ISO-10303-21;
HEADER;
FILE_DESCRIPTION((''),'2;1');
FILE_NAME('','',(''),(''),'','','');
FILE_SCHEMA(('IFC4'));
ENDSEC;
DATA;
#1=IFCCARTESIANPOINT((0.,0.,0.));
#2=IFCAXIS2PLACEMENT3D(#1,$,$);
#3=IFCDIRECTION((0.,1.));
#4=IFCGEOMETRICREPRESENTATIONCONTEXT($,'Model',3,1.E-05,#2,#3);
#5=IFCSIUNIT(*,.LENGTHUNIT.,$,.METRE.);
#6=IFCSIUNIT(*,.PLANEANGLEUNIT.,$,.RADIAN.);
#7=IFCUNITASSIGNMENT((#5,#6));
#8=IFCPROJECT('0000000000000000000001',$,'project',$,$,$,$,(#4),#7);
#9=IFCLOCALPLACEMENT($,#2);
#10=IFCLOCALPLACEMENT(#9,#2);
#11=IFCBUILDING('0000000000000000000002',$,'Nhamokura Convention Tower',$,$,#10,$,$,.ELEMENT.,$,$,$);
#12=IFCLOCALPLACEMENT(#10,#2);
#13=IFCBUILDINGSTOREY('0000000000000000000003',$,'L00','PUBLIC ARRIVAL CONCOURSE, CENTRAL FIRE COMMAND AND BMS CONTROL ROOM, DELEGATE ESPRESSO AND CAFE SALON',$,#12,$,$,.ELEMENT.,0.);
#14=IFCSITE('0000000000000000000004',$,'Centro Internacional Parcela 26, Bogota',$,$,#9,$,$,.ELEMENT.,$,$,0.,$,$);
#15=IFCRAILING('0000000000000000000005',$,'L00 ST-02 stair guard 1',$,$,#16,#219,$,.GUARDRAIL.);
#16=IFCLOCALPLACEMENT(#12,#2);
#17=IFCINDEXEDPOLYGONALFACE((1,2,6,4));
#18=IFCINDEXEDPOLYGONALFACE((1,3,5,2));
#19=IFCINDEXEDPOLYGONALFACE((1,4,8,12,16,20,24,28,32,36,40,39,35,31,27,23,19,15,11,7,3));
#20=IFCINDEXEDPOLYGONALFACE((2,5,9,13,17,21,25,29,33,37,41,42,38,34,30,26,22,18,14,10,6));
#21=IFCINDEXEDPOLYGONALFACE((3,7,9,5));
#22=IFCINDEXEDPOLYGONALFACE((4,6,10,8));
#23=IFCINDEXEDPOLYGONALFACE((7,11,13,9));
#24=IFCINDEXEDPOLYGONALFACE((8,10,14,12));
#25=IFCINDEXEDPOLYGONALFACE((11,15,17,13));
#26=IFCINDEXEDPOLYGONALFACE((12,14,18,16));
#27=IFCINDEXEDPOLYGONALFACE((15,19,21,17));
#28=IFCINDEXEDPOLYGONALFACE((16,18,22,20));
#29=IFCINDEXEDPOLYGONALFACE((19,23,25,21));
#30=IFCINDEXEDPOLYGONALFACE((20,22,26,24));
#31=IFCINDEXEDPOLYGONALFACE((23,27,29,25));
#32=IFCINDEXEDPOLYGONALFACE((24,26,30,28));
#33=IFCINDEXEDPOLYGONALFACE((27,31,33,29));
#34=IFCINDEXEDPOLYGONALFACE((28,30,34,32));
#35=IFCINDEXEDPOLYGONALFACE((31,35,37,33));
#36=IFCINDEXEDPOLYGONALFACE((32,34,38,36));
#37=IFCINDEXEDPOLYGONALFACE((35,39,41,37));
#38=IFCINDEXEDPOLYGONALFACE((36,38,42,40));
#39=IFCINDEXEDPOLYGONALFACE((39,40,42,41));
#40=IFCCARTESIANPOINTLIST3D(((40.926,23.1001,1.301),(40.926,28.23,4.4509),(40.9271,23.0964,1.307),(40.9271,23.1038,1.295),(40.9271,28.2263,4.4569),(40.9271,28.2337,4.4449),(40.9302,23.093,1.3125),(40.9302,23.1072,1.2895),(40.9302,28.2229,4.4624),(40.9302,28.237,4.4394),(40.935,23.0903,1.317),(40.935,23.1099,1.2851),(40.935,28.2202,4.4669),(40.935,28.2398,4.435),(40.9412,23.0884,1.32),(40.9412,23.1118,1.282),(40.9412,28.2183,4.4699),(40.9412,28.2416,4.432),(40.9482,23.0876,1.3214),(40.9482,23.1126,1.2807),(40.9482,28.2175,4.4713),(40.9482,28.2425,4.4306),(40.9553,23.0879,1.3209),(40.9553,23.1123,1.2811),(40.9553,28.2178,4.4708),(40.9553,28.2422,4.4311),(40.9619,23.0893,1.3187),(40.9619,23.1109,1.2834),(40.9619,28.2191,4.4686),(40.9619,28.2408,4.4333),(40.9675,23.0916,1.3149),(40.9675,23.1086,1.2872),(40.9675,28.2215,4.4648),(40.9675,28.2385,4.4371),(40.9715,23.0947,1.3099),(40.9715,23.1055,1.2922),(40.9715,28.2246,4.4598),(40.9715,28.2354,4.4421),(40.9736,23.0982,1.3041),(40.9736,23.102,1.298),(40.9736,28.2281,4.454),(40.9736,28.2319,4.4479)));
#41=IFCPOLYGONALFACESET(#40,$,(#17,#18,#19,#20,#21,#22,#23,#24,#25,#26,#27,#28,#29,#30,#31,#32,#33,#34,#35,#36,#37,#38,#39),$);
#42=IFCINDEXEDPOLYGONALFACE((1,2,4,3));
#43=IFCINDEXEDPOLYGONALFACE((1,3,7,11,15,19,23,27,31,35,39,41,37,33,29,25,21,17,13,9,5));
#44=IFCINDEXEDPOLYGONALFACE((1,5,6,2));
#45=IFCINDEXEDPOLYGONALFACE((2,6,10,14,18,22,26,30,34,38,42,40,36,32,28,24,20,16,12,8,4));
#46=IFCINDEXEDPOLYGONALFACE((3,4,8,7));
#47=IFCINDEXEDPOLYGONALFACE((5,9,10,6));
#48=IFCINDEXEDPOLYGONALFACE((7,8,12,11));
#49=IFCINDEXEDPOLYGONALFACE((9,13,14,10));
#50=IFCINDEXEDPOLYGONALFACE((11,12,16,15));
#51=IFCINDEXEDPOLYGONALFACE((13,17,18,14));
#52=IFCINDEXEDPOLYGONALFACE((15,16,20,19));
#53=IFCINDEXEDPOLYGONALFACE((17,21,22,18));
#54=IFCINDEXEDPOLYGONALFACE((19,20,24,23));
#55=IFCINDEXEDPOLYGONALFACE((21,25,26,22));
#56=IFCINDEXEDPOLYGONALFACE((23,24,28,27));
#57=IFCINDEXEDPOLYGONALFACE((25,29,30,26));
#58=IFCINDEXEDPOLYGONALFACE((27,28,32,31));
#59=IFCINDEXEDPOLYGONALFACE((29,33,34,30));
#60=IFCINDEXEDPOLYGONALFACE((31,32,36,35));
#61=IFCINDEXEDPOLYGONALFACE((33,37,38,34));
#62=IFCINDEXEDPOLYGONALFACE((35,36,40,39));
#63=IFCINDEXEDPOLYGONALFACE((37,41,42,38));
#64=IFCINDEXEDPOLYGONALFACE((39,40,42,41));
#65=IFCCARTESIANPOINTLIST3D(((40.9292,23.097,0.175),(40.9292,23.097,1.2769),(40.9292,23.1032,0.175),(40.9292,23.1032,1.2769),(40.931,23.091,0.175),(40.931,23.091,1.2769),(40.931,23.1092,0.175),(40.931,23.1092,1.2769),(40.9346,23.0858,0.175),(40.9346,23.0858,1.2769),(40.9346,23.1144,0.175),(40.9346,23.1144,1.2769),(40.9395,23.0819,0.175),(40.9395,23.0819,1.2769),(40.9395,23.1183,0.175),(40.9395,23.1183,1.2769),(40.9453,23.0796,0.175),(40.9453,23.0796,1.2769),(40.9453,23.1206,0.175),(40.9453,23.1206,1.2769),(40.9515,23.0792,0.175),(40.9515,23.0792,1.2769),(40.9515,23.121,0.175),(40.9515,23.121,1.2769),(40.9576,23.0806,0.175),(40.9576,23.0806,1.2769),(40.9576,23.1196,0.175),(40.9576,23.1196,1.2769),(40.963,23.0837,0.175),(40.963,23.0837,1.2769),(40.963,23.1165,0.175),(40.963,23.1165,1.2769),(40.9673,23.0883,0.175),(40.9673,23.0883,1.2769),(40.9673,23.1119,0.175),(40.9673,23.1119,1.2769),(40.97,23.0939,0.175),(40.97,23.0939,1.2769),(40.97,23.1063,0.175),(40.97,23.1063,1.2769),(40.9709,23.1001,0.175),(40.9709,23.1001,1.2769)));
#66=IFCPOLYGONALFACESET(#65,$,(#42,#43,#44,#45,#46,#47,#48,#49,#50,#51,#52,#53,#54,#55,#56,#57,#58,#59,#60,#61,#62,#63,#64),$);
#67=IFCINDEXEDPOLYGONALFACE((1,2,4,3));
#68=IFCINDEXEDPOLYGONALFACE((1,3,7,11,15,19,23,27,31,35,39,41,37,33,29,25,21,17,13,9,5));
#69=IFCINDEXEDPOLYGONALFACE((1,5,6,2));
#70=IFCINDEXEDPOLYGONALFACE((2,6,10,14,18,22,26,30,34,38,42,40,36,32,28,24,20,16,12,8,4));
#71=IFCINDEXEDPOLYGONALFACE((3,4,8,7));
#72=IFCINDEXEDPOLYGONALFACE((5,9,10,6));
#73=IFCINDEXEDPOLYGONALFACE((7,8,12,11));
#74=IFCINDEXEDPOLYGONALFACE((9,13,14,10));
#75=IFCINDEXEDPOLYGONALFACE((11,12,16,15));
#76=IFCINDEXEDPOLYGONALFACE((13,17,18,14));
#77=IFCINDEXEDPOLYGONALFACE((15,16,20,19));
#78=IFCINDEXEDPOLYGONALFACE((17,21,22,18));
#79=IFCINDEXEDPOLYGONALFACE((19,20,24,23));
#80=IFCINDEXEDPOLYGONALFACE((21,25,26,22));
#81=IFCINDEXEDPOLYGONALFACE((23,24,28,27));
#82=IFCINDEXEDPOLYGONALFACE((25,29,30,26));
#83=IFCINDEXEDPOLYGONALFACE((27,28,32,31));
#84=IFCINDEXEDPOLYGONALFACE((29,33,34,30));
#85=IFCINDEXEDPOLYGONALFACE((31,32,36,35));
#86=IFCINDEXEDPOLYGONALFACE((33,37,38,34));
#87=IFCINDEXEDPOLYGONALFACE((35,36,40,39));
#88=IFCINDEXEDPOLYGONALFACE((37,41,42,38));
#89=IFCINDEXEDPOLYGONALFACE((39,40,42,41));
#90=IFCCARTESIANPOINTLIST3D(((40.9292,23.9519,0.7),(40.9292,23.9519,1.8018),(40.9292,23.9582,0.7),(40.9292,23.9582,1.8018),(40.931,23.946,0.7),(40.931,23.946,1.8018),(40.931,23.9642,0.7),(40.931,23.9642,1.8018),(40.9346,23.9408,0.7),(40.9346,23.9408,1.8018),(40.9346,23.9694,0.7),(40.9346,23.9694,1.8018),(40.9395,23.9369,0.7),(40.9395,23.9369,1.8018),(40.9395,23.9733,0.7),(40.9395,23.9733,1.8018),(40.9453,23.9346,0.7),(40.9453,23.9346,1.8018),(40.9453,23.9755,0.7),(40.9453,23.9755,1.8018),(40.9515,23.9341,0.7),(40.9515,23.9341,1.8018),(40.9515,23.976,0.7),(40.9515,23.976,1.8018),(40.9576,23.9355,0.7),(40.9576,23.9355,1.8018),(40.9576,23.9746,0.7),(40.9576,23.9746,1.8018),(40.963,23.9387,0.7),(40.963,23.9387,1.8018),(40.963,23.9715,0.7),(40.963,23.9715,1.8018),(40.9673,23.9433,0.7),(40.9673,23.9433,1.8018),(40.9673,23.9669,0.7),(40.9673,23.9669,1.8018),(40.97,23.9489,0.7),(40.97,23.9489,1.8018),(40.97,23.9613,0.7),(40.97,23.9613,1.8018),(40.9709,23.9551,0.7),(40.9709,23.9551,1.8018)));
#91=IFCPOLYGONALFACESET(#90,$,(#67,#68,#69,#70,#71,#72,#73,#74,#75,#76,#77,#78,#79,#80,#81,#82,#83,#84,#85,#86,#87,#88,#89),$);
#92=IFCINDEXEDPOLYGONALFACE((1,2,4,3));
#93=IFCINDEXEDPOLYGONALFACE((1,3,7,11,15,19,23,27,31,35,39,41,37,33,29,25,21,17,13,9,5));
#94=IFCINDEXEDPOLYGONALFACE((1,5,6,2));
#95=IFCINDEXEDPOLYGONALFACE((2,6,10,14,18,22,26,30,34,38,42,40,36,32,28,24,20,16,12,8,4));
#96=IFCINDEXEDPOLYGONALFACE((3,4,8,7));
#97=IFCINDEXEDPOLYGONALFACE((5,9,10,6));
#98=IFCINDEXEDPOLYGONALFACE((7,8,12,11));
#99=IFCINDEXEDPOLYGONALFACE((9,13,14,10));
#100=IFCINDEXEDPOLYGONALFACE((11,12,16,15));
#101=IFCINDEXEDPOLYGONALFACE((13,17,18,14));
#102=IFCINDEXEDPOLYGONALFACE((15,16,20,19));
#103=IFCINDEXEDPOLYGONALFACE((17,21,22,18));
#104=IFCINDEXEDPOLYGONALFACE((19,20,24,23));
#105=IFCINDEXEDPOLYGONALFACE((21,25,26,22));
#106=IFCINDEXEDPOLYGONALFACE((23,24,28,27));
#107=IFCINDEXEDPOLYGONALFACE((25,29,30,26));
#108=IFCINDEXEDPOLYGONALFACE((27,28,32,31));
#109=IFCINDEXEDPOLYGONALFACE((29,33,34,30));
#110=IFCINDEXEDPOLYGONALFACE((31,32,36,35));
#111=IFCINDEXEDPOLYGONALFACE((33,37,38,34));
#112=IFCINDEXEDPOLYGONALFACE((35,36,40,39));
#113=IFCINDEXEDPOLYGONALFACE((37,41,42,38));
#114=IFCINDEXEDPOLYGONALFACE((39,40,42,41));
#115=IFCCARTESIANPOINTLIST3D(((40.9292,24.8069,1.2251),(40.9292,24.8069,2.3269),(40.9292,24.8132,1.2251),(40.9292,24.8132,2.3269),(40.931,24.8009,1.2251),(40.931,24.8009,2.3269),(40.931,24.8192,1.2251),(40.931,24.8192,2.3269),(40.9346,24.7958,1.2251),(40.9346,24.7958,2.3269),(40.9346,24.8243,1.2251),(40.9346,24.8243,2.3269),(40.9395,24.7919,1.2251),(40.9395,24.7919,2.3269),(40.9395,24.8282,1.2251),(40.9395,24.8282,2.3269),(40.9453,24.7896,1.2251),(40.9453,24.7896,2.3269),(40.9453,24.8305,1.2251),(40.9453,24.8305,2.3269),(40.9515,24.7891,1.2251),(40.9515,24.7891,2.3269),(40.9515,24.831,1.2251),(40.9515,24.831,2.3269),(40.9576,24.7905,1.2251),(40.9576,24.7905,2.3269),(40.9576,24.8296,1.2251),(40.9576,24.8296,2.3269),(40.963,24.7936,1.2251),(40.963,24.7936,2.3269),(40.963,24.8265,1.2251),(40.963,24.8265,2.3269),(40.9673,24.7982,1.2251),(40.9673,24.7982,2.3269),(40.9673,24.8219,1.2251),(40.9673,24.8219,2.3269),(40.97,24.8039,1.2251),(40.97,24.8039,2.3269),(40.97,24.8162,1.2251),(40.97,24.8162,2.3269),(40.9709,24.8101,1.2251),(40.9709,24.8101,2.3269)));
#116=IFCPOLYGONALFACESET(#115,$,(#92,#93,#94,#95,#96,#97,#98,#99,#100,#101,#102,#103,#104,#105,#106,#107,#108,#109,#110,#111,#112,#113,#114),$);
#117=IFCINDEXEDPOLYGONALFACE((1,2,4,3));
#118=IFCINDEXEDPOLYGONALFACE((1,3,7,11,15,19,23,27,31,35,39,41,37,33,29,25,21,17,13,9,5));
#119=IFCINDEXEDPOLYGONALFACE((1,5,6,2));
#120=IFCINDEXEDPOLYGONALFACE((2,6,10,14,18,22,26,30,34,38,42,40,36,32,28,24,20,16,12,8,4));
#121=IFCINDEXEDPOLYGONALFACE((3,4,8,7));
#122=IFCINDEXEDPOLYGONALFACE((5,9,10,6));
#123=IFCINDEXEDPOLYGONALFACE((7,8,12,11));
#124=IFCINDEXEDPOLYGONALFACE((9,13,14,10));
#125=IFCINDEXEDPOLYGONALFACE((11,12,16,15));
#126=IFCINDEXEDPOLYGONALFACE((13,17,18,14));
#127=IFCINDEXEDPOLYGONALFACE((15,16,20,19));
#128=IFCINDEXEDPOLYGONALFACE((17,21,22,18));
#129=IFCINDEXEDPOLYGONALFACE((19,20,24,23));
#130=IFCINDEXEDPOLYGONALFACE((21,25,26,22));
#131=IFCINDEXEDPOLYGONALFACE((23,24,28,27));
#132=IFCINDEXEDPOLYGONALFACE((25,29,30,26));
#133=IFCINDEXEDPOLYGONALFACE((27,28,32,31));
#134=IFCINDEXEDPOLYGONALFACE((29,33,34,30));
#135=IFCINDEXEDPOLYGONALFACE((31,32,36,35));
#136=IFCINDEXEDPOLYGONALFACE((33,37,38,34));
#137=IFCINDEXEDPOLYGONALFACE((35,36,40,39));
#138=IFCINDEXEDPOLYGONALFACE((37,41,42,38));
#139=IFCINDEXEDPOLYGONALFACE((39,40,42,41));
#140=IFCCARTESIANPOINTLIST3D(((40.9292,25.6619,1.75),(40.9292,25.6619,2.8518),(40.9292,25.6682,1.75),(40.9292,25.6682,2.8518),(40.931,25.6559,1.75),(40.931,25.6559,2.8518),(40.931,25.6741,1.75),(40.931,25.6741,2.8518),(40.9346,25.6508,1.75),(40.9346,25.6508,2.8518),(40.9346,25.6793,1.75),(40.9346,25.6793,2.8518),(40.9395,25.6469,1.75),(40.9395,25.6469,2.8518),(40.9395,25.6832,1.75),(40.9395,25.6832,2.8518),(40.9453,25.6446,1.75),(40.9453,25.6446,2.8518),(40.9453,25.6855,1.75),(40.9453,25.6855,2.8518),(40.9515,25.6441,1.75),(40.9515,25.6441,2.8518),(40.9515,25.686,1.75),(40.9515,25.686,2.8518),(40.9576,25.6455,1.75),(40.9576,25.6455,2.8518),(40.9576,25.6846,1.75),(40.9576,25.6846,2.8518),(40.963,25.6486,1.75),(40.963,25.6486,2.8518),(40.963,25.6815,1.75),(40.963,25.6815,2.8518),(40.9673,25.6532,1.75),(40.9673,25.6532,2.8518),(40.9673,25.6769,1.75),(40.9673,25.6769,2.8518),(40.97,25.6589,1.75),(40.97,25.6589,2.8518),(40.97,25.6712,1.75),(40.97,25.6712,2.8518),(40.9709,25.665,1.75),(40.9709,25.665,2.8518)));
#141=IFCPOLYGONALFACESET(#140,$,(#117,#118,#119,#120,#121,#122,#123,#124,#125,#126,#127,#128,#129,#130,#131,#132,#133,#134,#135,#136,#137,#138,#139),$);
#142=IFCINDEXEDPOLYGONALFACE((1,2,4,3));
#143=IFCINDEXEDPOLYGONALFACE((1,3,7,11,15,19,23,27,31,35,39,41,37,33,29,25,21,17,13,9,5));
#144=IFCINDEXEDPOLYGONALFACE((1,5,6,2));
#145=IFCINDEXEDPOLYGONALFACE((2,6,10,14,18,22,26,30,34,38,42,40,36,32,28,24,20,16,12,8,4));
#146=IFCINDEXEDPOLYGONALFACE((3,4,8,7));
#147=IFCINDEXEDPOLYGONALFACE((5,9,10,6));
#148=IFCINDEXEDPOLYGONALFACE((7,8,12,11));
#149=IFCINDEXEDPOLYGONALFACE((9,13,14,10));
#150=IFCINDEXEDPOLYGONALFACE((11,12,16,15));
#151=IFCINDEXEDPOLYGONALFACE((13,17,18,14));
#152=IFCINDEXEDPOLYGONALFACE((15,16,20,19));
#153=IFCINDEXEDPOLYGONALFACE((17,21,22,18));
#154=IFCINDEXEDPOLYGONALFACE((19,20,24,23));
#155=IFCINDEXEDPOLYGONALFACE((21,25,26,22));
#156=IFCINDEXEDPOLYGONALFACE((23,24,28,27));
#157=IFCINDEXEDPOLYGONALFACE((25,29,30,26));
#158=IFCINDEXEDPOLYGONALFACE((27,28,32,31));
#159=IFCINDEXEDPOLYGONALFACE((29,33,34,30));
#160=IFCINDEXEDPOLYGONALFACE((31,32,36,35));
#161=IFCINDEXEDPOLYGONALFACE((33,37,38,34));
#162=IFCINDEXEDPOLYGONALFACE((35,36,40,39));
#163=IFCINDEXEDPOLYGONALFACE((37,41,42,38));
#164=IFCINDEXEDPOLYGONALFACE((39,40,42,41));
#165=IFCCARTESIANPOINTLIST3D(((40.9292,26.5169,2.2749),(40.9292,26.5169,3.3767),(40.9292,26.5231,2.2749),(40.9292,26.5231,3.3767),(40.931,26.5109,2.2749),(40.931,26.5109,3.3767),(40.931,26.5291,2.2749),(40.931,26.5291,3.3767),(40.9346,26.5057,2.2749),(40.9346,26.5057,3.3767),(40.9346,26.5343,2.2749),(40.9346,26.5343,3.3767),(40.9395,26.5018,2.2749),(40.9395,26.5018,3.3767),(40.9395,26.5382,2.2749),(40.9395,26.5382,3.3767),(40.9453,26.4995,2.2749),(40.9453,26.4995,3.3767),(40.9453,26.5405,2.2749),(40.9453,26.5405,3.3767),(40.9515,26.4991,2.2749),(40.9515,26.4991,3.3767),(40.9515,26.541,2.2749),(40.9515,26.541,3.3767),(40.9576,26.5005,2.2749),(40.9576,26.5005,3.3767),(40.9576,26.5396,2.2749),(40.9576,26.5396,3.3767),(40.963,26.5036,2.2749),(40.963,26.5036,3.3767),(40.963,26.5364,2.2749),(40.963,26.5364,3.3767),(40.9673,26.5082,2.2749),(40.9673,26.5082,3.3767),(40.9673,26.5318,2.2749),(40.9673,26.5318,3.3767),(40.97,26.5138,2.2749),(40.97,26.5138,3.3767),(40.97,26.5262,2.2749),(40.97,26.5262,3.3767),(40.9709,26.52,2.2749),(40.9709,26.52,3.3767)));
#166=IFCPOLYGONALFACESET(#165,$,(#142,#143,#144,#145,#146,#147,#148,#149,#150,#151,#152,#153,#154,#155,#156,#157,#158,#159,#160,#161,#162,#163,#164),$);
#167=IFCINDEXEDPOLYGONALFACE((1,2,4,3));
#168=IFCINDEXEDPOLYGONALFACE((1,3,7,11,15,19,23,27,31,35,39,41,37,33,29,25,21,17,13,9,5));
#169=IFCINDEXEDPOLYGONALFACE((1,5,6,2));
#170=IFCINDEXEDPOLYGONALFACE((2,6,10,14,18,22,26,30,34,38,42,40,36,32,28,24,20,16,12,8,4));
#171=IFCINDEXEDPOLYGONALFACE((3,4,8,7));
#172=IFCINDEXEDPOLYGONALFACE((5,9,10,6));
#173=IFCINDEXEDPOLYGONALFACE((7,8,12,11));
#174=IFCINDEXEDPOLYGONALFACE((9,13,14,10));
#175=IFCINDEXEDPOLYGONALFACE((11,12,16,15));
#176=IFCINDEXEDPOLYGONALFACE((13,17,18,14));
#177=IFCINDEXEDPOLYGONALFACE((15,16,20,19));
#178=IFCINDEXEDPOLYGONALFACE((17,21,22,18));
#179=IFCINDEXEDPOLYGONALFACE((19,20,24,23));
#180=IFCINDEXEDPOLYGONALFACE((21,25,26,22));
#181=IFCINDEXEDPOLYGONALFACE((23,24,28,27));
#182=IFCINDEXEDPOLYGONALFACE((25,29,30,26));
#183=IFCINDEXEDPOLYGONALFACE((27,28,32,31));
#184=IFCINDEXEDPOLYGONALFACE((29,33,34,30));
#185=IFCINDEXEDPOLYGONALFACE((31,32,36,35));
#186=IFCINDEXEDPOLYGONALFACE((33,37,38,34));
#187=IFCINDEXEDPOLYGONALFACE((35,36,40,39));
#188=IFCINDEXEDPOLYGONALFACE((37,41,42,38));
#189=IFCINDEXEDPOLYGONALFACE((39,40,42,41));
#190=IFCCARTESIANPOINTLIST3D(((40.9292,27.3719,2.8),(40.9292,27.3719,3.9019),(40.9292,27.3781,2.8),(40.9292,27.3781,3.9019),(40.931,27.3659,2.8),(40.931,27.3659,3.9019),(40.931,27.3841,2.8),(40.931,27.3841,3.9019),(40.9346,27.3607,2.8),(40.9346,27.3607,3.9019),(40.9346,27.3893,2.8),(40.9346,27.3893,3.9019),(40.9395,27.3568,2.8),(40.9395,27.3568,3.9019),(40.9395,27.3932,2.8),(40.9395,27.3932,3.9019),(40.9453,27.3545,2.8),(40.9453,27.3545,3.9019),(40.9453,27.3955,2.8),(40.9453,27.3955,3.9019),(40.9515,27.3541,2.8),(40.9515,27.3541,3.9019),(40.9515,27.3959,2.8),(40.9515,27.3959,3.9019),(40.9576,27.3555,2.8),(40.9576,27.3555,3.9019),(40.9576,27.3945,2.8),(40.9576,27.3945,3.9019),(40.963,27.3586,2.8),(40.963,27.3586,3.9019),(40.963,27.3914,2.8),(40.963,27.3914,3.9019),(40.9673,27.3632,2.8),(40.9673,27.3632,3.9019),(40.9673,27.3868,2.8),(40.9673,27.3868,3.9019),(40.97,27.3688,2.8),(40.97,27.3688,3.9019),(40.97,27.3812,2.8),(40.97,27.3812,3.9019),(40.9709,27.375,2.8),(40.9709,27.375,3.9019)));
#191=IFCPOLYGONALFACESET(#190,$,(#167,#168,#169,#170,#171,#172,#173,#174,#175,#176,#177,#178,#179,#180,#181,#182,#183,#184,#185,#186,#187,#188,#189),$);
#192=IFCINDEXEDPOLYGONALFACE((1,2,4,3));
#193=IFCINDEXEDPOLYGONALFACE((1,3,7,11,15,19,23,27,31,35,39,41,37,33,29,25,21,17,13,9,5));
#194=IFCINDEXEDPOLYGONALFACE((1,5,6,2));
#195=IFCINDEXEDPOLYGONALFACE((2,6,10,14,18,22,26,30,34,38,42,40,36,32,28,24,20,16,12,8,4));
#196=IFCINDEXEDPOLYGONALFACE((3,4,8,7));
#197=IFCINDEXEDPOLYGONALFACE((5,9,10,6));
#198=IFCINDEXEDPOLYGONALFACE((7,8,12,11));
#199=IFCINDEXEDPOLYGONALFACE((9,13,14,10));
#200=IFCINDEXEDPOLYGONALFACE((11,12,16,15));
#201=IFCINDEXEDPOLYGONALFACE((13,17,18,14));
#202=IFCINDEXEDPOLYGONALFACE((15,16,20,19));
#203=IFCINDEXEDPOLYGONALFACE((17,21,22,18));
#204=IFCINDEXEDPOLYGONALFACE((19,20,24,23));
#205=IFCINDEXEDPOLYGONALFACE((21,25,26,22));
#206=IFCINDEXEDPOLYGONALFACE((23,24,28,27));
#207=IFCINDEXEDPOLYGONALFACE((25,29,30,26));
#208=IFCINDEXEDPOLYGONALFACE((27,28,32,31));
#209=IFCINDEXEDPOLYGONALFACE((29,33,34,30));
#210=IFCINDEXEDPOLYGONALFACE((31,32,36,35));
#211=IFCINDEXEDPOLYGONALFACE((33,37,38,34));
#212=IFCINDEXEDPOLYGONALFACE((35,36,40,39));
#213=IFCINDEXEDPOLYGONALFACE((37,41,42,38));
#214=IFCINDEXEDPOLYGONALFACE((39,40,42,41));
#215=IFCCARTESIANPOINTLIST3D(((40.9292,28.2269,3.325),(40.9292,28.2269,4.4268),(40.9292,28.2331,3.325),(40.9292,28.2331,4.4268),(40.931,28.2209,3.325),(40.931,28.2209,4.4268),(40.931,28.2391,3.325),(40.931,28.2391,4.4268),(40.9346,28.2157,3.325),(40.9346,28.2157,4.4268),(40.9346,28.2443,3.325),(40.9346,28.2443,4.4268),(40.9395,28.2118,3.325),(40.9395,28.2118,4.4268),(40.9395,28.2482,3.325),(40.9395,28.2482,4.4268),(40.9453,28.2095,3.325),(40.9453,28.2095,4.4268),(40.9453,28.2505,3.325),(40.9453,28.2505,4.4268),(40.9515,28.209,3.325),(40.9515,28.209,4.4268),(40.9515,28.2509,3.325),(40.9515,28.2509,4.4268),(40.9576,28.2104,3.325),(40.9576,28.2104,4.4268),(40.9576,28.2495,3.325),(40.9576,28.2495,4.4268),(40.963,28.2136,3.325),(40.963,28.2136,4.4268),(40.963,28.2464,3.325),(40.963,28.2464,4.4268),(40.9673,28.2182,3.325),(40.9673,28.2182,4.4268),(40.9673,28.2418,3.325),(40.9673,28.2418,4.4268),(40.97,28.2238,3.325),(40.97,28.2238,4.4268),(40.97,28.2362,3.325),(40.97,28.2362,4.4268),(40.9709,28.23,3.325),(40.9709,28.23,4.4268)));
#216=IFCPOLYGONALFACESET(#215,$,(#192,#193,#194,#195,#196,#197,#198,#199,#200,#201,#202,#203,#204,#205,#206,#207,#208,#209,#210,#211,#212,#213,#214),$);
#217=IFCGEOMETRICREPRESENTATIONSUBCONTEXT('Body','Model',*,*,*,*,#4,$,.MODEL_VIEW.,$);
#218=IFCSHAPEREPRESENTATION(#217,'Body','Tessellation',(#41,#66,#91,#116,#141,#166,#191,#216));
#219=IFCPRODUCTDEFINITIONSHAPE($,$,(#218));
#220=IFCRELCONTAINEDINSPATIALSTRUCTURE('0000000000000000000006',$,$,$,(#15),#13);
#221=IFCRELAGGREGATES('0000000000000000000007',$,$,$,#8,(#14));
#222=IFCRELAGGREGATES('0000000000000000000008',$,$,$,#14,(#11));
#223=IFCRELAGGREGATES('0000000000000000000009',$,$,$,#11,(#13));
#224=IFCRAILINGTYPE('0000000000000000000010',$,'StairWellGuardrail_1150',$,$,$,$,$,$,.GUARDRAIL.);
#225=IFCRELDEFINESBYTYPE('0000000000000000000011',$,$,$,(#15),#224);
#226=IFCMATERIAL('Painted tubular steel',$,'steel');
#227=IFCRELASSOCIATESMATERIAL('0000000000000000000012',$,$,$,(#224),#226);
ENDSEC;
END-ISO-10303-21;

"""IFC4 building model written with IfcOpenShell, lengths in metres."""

from ifc_helpers import new_model, si_unit, direction, frame, origin, origin_2d, place, context, subcontext, project, spatial, circle, extrude, material, type_object, element, save


model = new_model("IFC4")

# Units and contexts
model_context = context("Model", 3, precision=1e-05, world=origin(), true_north=direction((0.0, 1.0)))
body_context = subcontext(model_context, "Body", "Model", "MODEL_VIEW")
ifc_project = project(units=[si_unit("LENGTHUNIT", "METRE"), si_unit("PLANEANGLEUNIT", "RADIAN")], contexts=[model_context])

# Site, building, storey
site_placement = place(None, origin())
site = spatial("IfcSite", under=ifc_project, at=site_placement, Name="Centro Internacional Parcela 26, Bogota", CompositionType="ELEMENT", RefElevation=0.0)
building_placement = place(site_placement, origin())
building = spatial("IfcBuilding", under=site, at=building_placement, Name="Nhamokura Convention Tower", CompositionType="ELEMENT")
storey_placement = place(building_placement, origin())
storey = spatial("IfcBuildingStorey", under=building, at=storey_placement, Name="L00", Description="PUBLIC ARRIVAL CONCOURSE, CENTRAL FIRE COMMAND AND BMS CONTROL ROOM, DELEGATE ESPRESSO AND CAFE SALON", CompositionType="ELEMENT", Elevation=0.0)

# Railing
ifc_material_1 = material(Name="Painted tubular steel", Category="steel")
railing_type_1 = type_object("IfcRailingType", Name="StairWellGuardrail_1150", PredefinedType="GUARDRAIL", material=ifc_material_1)
railing_1_placement = place(storey_placement, frame((40.95, 23.1001, 0.175)))
element("IfcRailing", 1, at=railing_1_placement, inside=storey, type_object=railing_type_1, Name="L00 ST-02 stair guard 1", PredefinedType="GUARDRAIL", context=body_context, shape_type="SweptSolid", body=[
    extrude(circle(Radius=0.0239, at=origin_2d()), frame((0.0, 0.0, 1.126), z_axis=(0.0, 0.852173, 0.52326), x_axis=(-1.0, 0.0, 0.0)), (0.0, 0.0, 1.0), 6.0198),
    extrude(circle(Radius=0.021, at=origin_2d()), origin(), (0.0, 0.0, 1.0), 1.1018),
    extrude(circle(Radius=0.021, at=origin_2d()), frame((0.0, 0.855, 0.5249)), (0.0, 0.0, 1.0), 1.1018),
    extrude(circle(Radius=0.021, at=origin_2d()), frame((0.0, 1.71, 1.05)), (0.0, 0.0, 1.0), 1.1018),
    extrude(circle(Radius=0.021, at=origin_2d()), frame((0.0, 2.5649, 1.575)), (0.0, 0.0, 1.0), 1.1018),
    extrude(circle(Radius=0.021, at=origin_2d()), frame((0.0, 3.4199, 2.0999)), (0.0, 0.0, 1.0), 1.1018),
    extrude(circle(Radius=0.021, at=origin_2d()), frame((0.0, 4.2749, 2.625)), (0.0, 0.0, 1.0), 1.1018),
    extrude(circle(Radius=0.021, at=origin_2d()), frame((0.0, 5.1299, 3.1499)), (0.0, 0.0, 1.0), 1.1018),
])

save(model, "model.ifc")
